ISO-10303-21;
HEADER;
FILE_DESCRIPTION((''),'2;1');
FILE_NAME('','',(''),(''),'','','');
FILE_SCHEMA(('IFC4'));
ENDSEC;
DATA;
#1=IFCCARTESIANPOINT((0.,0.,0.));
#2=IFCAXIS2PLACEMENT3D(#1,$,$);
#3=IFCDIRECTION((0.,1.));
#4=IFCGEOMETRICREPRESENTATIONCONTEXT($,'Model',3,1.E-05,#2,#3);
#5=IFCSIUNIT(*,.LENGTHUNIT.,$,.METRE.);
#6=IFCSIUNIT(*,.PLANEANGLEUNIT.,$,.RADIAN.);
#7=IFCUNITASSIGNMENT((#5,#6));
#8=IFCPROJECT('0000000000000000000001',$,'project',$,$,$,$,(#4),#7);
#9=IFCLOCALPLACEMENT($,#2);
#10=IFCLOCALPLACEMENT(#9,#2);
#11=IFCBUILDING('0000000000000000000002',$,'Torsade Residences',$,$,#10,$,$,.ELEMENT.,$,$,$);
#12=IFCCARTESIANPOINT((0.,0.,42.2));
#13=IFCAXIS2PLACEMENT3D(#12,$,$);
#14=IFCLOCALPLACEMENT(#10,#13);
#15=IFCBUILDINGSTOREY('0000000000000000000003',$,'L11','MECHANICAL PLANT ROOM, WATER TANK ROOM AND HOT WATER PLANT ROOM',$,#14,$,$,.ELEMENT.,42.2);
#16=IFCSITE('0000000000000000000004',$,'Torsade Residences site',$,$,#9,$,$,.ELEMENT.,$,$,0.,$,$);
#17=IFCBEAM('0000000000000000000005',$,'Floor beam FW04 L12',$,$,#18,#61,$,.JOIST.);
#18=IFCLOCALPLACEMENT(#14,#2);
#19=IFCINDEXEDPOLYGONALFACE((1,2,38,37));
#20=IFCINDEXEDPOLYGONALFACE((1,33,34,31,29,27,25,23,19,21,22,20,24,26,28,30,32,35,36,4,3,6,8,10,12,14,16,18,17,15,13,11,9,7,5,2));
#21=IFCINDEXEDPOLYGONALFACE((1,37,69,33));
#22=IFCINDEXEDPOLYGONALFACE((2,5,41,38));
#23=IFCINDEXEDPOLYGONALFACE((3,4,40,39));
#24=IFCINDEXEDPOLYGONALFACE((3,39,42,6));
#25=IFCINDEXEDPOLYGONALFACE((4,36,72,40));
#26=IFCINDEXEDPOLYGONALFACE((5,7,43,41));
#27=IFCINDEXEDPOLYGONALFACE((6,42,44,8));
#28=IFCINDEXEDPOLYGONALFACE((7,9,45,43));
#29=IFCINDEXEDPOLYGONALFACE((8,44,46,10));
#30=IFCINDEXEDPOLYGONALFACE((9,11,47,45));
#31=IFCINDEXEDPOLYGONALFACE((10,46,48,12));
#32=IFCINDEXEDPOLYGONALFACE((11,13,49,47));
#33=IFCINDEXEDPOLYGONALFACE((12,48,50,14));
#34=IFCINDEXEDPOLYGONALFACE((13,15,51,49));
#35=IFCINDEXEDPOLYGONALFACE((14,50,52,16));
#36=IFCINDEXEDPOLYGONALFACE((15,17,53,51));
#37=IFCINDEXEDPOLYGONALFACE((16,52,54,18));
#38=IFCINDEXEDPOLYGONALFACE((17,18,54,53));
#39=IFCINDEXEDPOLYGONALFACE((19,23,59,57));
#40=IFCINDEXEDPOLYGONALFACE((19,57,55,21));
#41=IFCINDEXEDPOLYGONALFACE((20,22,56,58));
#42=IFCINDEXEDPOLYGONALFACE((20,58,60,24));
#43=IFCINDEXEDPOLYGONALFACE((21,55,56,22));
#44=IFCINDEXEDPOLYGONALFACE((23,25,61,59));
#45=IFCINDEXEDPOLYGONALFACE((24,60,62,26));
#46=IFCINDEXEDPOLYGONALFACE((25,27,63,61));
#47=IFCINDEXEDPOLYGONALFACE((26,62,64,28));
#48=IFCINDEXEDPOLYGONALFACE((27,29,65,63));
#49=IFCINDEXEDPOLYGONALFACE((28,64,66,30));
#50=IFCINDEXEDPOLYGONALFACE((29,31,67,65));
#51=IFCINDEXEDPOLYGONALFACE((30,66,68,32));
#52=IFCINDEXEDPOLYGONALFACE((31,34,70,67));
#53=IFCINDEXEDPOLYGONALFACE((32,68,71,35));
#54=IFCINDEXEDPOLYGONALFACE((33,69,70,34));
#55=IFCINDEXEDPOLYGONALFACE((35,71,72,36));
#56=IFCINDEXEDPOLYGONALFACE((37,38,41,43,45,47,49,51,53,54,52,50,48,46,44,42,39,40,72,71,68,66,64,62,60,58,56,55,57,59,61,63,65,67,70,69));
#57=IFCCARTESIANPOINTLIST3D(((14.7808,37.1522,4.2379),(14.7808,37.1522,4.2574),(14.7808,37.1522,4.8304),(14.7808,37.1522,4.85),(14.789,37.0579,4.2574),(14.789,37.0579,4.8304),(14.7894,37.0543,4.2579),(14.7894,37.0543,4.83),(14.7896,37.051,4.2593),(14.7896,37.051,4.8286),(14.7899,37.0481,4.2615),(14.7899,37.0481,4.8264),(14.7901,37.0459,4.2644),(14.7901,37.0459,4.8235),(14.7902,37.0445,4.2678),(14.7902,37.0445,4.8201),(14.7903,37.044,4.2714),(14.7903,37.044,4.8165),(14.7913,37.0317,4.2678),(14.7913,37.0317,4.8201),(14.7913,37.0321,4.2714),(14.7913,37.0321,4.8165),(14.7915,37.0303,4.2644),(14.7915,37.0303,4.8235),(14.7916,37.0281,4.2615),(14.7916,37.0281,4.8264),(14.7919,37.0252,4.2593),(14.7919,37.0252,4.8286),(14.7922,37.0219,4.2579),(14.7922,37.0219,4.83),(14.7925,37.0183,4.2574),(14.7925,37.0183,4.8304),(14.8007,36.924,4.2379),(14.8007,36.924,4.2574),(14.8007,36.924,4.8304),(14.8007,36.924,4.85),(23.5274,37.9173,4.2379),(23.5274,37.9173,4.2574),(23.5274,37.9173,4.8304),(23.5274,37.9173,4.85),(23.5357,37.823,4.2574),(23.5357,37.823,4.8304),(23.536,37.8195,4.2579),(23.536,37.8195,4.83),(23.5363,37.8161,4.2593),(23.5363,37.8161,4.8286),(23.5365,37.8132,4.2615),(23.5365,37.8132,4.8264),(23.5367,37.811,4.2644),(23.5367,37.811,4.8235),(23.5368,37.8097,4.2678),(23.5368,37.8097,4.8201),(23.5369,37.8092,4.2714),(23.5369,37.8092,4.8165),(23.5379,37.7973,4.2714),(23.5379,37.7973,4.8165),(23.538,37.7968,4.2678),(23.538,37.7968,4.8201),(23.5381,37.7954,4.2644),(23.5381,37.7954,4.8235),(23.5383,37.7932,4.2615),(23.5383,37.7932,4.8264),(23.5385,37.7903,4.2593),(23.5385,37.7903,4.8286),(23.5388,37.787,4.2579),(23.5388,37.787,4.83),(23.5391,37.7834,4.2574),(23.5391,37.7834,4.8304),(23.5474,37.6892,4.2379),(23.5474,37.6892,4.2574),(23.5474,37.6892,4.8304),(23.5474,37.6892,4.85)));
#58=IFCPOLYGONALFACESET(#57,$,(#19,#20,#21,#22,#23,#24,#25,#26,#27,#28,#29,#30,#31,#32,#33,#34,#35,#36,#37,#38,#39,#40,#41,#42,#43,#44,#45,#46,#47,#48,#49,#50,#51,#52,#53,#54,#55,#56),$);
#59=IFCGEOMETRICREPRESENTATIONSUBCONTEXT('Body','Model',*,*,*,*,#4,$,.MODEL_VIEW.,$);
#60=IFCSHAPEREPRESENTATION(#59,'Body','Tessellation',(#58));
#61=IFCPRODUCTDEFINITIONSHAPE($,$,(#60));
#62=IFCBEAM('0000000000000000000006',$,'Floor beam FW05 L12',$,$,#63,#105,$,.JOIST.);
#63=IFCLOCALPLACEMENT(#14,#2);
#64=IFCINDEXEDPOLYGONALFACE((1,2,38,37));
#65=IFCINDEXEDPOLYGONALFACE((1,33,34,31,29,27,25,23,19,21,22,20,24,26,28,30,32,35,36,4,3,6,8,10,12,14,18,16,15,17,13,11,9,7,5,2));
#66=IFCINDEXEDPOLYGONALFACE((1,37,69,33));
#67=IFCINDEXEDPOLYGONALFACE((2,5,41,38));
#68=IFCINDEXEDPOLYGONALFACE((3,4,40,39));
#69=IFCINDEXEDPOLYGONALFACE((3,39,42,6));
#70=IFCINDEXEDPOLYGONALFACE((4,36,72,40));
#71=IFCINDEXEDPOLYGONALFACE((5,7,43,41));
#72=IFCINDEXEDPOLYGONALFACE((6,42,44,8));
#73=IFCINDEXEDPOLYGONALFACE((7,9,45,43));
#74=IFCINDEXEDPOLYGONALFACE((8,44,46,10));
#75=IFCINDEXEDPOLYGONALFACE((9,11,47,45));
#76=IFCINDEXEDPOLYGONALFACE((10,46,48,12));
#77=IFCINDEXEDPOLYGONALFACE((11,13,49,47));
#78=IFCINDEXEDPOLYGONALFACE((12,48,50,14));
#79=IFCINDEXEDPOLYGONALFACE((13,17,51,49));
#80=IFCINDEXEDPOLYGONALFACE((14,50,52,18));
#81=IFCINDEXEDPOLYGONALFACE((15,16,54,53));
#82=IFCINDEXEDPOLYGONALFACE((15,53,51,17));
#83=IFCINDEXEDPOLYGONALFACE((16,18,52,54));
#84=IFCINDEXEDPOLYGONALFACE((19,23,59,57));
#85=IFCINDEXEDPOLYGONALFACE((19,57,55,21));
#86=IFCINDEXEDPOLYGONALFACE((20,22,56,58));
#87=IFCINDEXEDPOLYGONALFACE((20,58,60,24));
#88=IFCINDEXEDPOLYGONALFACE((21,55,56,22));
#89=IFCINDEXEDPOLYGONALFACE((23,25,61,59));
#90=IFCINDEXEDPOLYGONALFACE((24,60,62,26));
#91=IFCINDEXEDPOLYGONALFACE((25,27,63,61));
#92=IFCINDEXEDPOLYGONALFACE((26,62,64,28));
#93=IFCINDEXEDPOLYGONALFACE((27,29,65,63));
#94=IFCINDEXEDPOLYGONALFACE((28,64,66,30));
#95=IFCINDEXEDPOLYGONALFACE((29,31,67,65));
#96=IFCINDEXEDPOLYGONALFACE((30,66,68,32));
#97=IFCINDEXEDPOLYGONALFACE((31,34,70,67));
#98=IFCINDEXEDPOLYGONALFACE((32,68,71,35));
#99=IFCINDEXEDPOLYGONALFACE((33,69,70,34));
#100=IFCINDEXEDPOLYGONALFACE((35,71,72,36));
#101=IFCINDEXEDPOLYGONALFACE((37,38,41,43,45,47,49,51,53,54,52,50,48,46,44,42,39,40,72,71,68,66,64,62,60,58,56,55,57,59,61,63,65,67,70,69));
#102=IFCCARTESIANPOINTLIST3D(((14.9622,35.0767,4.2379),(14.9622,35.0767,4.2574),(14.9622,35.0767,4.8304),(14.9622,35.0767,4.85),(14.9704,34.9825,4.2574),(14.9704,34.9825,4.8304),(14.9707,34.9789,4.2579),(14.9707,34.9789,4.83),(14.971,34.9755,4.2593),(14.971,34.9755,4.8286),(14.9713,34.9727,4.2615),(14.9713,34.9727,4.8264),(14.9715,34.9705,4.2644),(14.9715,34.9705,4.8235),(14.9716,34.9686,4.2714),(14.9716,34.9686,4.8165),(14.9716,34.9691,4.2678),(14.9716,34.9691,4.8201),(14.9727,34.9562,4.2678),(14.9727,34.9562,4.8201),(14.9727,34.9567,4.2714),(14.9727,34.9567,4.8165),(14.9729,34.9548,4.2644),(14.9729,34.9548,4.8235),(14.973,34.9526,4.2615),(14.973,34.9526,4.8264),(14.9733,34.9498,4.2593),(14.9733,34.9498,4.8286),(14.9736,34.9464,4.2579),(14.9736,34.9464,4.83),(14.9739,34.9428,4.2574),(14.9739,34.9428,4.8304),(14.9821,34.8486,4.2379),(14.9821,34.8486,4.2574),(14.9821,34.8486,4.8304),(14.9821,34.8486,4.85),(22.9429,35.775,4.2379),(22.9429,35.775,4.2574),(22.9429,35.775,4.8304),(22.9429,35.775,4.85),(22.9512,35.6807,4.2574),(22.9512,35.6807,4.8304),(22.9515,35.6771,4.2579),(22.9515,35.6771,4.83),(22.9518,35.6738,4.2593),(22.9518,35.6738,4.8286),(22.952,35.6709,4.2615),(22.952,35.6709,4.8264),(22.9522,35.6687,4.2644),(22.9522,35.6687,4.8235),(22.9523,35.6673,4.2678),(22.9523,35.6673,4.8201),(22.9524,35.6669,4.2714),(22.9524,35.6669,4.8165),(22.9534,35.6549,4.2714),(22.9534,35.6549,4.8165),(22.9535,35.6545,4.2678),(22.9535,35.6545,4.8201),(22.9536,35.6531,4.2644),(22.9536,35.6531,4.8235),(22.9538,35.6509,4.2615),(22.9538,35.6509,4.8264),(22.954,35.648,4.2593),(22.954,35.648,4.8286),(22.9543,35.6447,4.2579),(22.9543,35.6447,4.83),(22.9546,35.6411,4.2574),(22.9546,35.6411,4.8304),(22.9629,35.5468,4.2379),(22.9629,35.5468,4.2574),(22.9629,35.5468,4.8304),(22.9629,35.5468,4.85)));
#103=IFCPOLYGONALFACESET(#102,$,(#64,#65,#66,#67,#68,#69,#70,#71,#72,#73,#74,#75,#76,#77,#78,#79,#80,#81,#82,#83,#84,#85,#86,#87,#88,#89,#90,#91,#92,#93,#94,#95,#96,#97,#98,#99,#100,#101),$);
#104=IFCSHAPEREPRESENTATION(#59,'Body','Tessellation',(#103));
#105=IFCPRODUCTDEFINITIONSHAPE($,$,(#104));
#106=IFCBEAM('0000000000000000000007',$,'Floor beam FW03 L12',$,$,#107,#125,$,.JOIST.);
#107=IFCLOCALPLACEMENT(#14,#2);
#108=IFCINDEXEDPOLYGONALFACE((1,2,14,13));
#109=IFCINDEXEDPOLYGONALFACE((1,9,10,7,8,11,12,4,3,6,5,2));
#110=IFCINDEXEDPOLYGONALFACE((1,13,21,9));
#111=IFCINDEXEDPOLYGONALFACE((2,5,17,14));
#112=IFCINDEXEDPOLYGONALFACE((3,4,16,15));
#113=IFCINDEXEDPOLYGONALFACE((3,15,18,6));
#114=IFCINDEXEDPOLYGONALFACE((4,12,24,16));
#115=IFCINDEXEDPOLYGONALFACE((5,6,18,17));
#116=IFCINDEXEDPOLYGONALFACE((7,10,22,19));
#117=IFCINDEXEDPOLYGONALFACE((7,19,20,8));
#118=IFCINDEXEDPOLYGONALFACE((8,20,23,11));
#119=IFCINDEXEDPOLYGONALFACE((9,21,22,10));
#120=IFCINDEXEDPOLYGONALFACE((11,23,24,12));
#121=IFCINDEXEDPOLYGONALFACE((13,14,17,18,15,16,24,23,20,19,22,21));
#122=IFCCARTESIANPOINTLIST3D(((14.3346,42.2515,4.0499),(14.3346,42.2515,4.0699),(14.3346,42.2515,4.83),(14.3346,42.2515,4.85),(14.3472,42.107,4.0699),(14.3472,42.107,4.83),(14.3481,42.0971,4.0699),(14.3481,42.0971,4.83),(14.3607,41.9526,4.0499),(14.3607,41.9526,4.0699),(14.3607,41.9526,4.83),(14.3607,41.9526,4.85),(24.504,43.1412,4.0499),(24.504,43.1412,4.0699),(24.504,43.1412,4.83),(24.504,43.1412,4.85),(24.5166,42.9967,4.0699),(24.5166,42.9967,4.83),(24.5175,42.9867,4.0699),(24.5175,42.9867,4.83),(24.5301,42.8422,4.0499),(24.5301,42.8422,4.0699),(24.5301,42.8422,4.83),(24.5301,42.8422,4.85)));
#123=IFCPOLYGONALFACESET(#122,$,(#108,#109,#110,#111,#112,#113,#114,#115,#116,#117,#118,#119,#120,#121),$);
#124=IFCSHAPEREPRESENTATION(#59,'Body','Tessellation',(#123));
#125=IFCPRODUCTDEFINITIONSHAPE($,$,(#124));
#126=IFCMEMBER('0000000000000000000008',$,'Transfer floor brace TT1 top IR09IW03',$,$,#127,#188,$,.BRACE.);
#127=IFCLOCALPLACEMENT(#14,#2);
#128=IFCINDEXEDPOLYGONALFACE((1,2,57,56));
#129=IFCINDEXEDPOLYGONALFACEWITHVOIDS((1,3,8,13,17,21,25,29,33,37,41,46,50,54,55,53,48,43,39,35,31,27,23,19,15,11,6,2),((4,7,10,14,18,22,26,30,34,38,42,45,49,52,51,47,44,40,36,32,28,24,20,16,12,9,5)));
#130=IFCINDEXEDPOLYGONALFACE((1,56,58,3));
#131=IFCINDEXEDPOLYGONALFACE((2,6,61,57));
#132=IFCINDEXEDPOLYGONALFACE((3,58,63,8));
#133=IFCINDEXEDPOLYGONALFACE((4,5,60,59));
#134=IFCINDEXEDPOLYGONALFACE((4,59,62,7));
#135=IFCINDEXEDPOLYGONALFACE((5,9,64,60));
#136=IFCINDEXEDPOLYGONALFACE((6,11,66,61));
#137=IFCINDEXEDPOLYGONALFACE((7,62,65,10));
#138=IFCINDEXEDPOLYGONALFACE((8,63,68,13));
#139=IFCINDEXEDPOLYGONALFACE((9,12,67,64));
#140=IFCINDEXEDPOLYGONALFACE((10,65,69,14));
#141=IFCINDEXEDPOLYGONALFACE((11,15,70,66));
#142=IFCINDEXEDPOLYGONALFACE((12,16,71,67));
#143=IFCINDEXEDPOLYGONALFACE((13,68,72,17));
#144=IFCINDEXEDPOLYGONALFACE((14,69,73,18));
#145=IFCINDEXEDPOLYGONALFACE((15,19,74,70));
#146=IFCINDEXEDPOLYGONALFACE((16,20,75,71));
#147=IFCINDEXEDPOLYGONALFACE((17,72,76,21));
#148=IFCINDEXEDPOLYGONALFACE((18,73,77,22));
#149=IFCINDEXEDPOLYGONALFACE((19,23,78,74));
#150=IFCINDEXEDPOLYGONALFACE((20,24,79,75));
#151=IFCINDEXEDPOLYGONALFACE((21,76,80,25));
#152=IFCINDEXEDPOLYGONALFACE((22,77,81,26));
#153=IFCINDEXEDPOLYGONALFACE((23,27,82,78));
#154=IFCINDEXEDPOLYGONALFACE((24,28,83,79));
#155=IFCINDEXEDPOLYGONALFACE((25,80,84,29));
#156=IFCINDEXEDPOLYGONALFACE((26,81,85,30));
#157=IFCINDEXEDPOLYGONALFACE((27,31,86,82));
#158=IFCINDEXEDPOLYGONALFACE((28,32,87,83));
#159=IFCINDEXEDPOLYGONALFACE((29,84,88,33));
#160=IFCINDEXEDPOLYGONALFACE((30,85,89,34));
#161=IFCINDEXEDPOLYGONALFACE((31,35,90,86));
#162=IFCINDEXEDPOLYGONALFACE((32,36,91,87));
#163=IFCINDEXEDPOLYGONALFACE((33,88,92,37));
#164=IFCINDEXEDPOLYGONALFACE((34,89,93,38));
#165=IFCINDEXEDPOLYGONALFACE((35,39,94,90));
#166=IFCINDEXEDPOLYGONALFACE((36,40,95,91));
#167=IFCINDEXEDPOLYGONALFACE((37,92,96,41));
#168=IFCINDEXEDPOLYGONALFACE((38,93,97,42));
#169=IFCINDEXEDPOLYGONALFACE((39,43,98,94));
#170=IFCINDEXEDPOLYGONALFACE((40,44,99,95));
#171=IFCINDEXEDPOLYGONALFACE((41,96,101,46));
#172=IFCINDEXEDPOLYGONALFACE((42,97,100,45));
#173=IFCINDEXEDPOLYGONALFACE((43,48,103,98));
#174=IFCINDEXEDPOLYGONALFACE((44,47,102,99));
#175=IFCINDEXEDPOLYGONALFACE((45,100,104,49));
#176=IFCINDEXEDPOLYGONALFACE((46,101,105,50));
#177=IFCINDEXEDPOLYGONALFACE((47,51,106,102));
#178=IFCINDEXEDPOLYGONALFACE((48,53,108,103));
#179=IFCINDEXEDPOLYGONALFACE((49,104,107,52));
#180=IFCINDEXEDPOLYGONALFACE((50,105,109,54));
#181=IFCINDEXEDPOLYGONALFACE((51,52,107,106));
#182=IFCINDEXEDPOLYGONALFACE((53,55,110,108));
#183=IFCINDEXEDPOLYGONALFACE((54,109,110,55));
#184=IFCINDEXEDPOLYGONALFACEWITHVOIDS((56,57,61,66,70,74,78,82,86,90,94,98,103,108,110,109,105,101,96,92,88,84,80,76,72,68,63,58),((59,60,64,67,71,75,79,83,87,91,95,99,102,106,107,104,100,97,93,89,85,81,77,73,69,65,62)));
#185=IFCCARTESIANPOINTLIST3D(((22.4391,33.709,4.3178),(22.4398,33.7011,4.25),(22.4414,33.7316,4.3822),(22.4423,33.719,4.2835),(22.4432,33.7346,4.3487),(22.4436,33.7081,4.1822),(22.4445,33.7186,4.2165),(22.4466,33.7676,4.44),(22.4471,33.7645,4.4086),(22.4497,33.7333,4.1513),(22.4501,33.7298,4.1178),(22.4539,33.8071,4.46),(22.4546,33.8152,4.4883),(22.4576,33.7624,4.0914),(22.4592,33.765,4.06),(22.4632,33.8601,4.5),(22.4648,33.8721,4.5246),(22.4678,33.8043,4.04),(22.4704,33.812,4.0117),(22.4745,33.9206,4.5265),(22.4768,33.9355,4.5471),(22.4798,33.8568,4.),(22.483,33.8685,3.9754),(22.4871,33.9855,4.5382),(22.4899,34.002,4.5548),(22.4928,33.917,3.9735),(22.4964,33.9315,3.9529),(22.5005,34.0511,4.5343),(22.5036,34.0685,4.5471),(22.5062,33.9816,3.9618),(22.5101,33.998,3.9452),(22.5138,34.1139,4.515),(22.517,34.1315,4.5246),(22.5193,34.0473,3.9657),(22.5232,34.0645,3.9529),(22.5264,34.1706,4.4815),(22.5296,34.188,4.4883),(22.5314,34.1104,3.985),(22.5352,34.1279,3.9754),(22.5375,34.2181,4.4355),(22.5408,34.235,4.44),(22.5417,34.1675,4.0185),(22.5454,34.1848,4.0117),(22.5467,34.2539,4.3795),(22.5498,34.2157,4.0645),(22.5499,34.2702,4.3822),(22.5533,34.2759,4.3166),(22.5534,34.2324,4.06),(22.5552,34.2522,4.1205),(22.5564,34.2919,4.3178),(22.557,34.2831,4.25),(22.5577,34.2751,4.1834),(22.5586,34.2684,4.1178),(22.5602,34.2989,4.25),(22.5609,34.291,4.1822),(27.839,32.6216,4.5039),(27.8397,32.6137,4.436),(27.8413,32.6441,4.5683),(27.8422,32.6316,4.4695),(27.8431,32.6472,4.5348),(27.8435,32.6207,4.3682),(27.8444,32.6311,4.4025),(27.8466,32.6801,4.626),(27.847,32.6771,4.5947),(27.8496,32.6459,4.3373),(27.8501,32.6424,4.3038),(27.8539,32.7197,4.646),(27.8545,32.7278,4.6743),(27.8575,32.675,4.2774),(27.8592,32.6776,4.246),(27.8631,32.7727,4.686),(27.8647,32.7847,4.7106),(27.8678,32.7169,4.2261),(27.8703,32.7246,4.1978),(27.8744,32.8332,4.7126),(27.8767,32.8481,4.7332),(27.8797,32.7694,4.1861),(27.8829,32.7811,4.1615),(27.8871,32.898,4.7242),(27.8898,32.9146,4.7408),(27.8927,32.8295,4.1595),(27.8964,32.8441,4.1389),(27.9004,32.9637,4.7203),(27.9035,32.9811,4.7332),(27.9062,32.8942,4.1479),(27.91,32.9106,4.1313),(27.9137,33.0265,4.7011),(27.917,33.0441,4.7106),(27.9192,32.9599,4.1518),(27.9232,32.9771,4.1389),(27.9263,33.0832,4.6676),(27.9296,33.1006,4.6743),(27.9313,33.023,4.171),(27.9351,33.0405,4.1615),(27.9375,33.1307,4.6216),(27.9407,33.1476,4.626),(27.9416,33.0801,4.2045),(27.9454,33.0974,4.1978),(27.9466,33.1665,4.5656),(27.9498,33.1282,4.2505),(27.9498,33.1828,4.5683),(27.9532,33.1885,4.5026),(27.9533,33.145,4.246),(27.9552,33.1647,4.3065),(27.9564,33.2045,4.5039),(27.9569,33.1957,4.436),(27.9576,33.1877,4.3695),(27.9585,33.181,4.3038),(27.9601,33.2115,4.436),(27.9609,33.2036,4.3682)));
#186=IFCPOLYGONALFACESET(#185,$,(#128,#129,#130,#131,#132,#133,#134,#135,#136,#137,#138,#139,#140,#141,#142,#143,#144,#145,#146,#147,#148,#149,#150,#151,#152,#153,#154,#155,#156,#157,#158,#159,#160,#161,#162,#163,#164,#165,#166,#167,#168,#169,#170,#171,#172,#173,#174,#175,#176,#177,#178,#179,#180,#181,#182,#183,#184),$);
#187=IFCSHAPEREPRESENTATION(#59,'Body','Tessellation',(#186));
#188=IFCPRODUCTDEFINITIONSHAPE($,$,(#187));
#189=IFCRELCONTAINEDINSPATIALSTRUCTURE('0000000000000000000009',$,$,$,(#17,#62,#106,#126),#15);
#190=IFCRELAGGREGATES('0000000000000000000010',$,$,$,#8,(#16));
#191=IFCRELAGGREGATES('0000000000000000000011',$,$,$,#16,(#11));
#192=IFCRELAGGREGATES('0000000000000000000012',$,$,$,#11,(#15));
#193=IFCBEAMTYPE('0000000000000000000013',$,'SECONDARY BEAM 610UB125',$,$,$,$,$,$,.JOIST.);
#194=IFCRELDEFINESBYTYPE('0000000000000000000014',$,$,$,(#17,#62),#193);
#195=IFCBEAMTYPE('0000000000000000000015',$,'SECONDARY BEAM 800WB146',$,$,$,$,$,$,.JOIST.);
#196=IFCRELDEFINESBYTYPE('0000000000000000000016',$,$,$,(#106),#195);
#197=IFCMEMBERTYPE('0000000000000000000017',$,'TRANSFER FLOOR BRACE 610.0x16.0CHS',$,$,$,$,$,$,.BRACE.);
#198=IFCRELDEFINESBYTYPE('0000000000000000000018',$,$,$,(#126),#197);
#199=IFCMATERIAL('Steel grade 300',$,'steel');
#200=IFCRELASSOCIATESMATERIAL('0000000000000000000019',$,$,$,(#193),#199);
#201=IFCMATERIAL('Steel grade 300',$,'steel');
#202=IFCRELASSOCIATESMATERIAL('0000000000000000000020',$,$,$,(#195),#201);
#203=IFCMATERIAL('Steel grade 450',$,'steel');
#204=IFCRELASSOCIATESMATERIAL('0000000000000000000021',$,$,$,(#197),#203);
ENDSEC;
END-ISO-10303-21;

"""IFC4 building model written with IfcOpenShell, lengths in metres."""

from ifc_helpers import new_model, si_unit, direction, frame, origin, origin_2d, place, context, subcontext, project, spatial, hollow_circle, i_section, extrude, material, material_profile, profile_set, type_object, element, save


model = new_model("IFC4")

# Units and contexts
model_context = context("Model", 3, precision=1e-05, world=origin(), true_north=direction((0.0, 1.0)))
body_context = subcontext(model_context, "Body", "Model", "MODEL_VIEW")
ifc_project = project(units=[si_unit("LENGTHUNIT", "METRE"), si_unit("PLANEANGLEUNIT", "RADIAN")], contexts=[model_context])

# Site, building, storey
site_placement = place(None, origin())
site = spatial("IfcSite", under=ifc_project, at=site_placement, Name="Torsade Residences site", CompositionType="ELEMENT", RefElevation=0.0)
building_placement = place(site_placement, origin())
building = spatial("IfcBuilding", under=site, at=building_placement, Name="Torsade Residences", CompositionType="ELEMENT")
storey_placement = place(building_placement, frame((0.0, 0.0, 42.2)))
storey = spatial("IfcBuildingStorey", under=building, at=storey_placement, Name="L11", Description="MECHANICAL PLANT ROOM, WATER TANK ROOM AND HOT WATER PLANT ROOM", CompositionType="ELEMENT", Elevation=42.2)

# Beams
ifc_material_1 = material(Name="Steel grade 300", Category="steel")
ifc_material_profile_1 = material_profile(ifc_material_1, i_section(OverallWidth=0.229, OverallDepth=0.6121, WebThickness=0.012, FlangeThickness=0.0195, FilletRadius=0.0139, at=origin_2d()), Name="610UB125")
ifc_profile_set_1 = profile_set([ifc_material_profile_1], Name="Steel grade 300")
beam_type_1 = type_object("IfcBeamType", Name="SECONDARY BEAM 610UB125", PredefinedType="JOIST", material=ifc_profile_set_1)
beam_1_placement = place(storey_placement, frame((14.7908, 37.0381, 4.5439), z_axis=(0.996196, 0.087146, 0.0), x_axis=(-0.087146, 0.996196, 0.0)))
element("IfcBeam", 1, at=beam_1_placement, inside=storey, type_object=beam_type_1, Name="Floor beam FW04 L12", PredefinedType="JOIST", context=body_context, shape_type="SweptSolid", body=[
    extrude(i_section(OverallWidth=0.229, OverallDepth=0.6121, WebThickness=0.012, FlangeThickness=0.0195, FilletRadius=0.0139, at=origin_2d()), origin(), (0.0, 0.0, 1.0), 8.78),
])
beam_2_placement = place(storey_placement, frame((14.9722, 34.9626, 4.5439), z_axis=(0.996194, 0.087158, 0.0), x_axis=(-0.087158, 0.996194, 0.0)))
element("IfcBeam", 2, at=beam_2_placement, inside=storey, type_object=beam_type_1, Name="Floor beam FW05 L12", PredefinedType="JOIST", context=body_context, shape_type="SweptSolid", body=[
    extrude(i_section(OverallWidth=0.229, OverallDepth=0.6121, WebThickness=0.012, FlangeThickness=0.0195, FilletRadius=0.0139, at=origin_2d()), origin(), (0.0, 0.0, 1.0), 8.0112),
])
ifc_material_2 = material(Name="Steel grade 300", Category="steel")
ifc_material_profile_2 = material_profile(ifc_material_2, i_section(OverallWidth=0.3, OverallDepth=0.8, WebThickness=0.01, FlangeThickness=0.02, at=origin_2d()), Name="800WB146")
ifc_profile_set_2 = profile_set([ifc_material_profile_2], Name="Steel grade 300")
beam_type_2 = type_object("IfcBeamType", Name="SECONDARY BEAM 800WB146", PredefinedType="JOIST", material=ifc_profile_set_2)
beam_3_placement = place(storey_placement, frame((14.3477, 42.1021, 4.45), z_axis=(0.996195, 0.08715, 0.0), x_axis=(-0.08715, 0.996195, 0.0)))
element("IfcBeam", 3, at=beam_3_placement, inside=storey, type_object=beam_type_2, Name="Floor beam FW03 L12", PredefinedType="JOIST", context=body_context, shape_type="SweptSolid", body=[
    extrude(i_section(OverallWidth=0.3, OverallDepth=0.8, WebThickness=0.01, FlangeThickness=0.02, at=origin_2d()), origin(), (0.0, 0.0, 1.0), 10.2083),
])

# Member
ifc_material_3 = material(Name="Steel grade 450", Category="steel")
ifc_material_profile_3 = material_profile(ifc_material_3, hollow_circle(Radius=0.3049, WallThickness=0.0161, at=origin_2d()), Name="610.0x16.0CHS")
ifc_profile_set_3 = profile_set([ifc_material_profile_3], Name="Steel grade 450")
member_type_1 = type_object("IfcMemberType", Name="TRANSFER FLOOR BRACE 610.0x16.0CHS", PredefinedType="BRACE", material=ifc_profile_set_3)
member_1_placement = place(storey_placement, frame((22.5, 34.0, 4.25), z_axis=(0.979762, -0.197299, 0.033754), x_axis=(0.197412, 0.980321, 0.0)))
element("IfcMember", 4, at=member_1_placement, inside=storey, type_object=member_type_1, Name="Transfer floor brace TT1 top IR09IW03", PredefinedType="BRACE", context=body_context, shape_type="SweptSolid", body=[
    extrude(hollow_circle(Radius=0.3049, WallThickness=0.0161, at=origin_2d()), origin(), (0.0, 0.0, 1.0), 5.5115),
])

save(model, "model.ifc")
